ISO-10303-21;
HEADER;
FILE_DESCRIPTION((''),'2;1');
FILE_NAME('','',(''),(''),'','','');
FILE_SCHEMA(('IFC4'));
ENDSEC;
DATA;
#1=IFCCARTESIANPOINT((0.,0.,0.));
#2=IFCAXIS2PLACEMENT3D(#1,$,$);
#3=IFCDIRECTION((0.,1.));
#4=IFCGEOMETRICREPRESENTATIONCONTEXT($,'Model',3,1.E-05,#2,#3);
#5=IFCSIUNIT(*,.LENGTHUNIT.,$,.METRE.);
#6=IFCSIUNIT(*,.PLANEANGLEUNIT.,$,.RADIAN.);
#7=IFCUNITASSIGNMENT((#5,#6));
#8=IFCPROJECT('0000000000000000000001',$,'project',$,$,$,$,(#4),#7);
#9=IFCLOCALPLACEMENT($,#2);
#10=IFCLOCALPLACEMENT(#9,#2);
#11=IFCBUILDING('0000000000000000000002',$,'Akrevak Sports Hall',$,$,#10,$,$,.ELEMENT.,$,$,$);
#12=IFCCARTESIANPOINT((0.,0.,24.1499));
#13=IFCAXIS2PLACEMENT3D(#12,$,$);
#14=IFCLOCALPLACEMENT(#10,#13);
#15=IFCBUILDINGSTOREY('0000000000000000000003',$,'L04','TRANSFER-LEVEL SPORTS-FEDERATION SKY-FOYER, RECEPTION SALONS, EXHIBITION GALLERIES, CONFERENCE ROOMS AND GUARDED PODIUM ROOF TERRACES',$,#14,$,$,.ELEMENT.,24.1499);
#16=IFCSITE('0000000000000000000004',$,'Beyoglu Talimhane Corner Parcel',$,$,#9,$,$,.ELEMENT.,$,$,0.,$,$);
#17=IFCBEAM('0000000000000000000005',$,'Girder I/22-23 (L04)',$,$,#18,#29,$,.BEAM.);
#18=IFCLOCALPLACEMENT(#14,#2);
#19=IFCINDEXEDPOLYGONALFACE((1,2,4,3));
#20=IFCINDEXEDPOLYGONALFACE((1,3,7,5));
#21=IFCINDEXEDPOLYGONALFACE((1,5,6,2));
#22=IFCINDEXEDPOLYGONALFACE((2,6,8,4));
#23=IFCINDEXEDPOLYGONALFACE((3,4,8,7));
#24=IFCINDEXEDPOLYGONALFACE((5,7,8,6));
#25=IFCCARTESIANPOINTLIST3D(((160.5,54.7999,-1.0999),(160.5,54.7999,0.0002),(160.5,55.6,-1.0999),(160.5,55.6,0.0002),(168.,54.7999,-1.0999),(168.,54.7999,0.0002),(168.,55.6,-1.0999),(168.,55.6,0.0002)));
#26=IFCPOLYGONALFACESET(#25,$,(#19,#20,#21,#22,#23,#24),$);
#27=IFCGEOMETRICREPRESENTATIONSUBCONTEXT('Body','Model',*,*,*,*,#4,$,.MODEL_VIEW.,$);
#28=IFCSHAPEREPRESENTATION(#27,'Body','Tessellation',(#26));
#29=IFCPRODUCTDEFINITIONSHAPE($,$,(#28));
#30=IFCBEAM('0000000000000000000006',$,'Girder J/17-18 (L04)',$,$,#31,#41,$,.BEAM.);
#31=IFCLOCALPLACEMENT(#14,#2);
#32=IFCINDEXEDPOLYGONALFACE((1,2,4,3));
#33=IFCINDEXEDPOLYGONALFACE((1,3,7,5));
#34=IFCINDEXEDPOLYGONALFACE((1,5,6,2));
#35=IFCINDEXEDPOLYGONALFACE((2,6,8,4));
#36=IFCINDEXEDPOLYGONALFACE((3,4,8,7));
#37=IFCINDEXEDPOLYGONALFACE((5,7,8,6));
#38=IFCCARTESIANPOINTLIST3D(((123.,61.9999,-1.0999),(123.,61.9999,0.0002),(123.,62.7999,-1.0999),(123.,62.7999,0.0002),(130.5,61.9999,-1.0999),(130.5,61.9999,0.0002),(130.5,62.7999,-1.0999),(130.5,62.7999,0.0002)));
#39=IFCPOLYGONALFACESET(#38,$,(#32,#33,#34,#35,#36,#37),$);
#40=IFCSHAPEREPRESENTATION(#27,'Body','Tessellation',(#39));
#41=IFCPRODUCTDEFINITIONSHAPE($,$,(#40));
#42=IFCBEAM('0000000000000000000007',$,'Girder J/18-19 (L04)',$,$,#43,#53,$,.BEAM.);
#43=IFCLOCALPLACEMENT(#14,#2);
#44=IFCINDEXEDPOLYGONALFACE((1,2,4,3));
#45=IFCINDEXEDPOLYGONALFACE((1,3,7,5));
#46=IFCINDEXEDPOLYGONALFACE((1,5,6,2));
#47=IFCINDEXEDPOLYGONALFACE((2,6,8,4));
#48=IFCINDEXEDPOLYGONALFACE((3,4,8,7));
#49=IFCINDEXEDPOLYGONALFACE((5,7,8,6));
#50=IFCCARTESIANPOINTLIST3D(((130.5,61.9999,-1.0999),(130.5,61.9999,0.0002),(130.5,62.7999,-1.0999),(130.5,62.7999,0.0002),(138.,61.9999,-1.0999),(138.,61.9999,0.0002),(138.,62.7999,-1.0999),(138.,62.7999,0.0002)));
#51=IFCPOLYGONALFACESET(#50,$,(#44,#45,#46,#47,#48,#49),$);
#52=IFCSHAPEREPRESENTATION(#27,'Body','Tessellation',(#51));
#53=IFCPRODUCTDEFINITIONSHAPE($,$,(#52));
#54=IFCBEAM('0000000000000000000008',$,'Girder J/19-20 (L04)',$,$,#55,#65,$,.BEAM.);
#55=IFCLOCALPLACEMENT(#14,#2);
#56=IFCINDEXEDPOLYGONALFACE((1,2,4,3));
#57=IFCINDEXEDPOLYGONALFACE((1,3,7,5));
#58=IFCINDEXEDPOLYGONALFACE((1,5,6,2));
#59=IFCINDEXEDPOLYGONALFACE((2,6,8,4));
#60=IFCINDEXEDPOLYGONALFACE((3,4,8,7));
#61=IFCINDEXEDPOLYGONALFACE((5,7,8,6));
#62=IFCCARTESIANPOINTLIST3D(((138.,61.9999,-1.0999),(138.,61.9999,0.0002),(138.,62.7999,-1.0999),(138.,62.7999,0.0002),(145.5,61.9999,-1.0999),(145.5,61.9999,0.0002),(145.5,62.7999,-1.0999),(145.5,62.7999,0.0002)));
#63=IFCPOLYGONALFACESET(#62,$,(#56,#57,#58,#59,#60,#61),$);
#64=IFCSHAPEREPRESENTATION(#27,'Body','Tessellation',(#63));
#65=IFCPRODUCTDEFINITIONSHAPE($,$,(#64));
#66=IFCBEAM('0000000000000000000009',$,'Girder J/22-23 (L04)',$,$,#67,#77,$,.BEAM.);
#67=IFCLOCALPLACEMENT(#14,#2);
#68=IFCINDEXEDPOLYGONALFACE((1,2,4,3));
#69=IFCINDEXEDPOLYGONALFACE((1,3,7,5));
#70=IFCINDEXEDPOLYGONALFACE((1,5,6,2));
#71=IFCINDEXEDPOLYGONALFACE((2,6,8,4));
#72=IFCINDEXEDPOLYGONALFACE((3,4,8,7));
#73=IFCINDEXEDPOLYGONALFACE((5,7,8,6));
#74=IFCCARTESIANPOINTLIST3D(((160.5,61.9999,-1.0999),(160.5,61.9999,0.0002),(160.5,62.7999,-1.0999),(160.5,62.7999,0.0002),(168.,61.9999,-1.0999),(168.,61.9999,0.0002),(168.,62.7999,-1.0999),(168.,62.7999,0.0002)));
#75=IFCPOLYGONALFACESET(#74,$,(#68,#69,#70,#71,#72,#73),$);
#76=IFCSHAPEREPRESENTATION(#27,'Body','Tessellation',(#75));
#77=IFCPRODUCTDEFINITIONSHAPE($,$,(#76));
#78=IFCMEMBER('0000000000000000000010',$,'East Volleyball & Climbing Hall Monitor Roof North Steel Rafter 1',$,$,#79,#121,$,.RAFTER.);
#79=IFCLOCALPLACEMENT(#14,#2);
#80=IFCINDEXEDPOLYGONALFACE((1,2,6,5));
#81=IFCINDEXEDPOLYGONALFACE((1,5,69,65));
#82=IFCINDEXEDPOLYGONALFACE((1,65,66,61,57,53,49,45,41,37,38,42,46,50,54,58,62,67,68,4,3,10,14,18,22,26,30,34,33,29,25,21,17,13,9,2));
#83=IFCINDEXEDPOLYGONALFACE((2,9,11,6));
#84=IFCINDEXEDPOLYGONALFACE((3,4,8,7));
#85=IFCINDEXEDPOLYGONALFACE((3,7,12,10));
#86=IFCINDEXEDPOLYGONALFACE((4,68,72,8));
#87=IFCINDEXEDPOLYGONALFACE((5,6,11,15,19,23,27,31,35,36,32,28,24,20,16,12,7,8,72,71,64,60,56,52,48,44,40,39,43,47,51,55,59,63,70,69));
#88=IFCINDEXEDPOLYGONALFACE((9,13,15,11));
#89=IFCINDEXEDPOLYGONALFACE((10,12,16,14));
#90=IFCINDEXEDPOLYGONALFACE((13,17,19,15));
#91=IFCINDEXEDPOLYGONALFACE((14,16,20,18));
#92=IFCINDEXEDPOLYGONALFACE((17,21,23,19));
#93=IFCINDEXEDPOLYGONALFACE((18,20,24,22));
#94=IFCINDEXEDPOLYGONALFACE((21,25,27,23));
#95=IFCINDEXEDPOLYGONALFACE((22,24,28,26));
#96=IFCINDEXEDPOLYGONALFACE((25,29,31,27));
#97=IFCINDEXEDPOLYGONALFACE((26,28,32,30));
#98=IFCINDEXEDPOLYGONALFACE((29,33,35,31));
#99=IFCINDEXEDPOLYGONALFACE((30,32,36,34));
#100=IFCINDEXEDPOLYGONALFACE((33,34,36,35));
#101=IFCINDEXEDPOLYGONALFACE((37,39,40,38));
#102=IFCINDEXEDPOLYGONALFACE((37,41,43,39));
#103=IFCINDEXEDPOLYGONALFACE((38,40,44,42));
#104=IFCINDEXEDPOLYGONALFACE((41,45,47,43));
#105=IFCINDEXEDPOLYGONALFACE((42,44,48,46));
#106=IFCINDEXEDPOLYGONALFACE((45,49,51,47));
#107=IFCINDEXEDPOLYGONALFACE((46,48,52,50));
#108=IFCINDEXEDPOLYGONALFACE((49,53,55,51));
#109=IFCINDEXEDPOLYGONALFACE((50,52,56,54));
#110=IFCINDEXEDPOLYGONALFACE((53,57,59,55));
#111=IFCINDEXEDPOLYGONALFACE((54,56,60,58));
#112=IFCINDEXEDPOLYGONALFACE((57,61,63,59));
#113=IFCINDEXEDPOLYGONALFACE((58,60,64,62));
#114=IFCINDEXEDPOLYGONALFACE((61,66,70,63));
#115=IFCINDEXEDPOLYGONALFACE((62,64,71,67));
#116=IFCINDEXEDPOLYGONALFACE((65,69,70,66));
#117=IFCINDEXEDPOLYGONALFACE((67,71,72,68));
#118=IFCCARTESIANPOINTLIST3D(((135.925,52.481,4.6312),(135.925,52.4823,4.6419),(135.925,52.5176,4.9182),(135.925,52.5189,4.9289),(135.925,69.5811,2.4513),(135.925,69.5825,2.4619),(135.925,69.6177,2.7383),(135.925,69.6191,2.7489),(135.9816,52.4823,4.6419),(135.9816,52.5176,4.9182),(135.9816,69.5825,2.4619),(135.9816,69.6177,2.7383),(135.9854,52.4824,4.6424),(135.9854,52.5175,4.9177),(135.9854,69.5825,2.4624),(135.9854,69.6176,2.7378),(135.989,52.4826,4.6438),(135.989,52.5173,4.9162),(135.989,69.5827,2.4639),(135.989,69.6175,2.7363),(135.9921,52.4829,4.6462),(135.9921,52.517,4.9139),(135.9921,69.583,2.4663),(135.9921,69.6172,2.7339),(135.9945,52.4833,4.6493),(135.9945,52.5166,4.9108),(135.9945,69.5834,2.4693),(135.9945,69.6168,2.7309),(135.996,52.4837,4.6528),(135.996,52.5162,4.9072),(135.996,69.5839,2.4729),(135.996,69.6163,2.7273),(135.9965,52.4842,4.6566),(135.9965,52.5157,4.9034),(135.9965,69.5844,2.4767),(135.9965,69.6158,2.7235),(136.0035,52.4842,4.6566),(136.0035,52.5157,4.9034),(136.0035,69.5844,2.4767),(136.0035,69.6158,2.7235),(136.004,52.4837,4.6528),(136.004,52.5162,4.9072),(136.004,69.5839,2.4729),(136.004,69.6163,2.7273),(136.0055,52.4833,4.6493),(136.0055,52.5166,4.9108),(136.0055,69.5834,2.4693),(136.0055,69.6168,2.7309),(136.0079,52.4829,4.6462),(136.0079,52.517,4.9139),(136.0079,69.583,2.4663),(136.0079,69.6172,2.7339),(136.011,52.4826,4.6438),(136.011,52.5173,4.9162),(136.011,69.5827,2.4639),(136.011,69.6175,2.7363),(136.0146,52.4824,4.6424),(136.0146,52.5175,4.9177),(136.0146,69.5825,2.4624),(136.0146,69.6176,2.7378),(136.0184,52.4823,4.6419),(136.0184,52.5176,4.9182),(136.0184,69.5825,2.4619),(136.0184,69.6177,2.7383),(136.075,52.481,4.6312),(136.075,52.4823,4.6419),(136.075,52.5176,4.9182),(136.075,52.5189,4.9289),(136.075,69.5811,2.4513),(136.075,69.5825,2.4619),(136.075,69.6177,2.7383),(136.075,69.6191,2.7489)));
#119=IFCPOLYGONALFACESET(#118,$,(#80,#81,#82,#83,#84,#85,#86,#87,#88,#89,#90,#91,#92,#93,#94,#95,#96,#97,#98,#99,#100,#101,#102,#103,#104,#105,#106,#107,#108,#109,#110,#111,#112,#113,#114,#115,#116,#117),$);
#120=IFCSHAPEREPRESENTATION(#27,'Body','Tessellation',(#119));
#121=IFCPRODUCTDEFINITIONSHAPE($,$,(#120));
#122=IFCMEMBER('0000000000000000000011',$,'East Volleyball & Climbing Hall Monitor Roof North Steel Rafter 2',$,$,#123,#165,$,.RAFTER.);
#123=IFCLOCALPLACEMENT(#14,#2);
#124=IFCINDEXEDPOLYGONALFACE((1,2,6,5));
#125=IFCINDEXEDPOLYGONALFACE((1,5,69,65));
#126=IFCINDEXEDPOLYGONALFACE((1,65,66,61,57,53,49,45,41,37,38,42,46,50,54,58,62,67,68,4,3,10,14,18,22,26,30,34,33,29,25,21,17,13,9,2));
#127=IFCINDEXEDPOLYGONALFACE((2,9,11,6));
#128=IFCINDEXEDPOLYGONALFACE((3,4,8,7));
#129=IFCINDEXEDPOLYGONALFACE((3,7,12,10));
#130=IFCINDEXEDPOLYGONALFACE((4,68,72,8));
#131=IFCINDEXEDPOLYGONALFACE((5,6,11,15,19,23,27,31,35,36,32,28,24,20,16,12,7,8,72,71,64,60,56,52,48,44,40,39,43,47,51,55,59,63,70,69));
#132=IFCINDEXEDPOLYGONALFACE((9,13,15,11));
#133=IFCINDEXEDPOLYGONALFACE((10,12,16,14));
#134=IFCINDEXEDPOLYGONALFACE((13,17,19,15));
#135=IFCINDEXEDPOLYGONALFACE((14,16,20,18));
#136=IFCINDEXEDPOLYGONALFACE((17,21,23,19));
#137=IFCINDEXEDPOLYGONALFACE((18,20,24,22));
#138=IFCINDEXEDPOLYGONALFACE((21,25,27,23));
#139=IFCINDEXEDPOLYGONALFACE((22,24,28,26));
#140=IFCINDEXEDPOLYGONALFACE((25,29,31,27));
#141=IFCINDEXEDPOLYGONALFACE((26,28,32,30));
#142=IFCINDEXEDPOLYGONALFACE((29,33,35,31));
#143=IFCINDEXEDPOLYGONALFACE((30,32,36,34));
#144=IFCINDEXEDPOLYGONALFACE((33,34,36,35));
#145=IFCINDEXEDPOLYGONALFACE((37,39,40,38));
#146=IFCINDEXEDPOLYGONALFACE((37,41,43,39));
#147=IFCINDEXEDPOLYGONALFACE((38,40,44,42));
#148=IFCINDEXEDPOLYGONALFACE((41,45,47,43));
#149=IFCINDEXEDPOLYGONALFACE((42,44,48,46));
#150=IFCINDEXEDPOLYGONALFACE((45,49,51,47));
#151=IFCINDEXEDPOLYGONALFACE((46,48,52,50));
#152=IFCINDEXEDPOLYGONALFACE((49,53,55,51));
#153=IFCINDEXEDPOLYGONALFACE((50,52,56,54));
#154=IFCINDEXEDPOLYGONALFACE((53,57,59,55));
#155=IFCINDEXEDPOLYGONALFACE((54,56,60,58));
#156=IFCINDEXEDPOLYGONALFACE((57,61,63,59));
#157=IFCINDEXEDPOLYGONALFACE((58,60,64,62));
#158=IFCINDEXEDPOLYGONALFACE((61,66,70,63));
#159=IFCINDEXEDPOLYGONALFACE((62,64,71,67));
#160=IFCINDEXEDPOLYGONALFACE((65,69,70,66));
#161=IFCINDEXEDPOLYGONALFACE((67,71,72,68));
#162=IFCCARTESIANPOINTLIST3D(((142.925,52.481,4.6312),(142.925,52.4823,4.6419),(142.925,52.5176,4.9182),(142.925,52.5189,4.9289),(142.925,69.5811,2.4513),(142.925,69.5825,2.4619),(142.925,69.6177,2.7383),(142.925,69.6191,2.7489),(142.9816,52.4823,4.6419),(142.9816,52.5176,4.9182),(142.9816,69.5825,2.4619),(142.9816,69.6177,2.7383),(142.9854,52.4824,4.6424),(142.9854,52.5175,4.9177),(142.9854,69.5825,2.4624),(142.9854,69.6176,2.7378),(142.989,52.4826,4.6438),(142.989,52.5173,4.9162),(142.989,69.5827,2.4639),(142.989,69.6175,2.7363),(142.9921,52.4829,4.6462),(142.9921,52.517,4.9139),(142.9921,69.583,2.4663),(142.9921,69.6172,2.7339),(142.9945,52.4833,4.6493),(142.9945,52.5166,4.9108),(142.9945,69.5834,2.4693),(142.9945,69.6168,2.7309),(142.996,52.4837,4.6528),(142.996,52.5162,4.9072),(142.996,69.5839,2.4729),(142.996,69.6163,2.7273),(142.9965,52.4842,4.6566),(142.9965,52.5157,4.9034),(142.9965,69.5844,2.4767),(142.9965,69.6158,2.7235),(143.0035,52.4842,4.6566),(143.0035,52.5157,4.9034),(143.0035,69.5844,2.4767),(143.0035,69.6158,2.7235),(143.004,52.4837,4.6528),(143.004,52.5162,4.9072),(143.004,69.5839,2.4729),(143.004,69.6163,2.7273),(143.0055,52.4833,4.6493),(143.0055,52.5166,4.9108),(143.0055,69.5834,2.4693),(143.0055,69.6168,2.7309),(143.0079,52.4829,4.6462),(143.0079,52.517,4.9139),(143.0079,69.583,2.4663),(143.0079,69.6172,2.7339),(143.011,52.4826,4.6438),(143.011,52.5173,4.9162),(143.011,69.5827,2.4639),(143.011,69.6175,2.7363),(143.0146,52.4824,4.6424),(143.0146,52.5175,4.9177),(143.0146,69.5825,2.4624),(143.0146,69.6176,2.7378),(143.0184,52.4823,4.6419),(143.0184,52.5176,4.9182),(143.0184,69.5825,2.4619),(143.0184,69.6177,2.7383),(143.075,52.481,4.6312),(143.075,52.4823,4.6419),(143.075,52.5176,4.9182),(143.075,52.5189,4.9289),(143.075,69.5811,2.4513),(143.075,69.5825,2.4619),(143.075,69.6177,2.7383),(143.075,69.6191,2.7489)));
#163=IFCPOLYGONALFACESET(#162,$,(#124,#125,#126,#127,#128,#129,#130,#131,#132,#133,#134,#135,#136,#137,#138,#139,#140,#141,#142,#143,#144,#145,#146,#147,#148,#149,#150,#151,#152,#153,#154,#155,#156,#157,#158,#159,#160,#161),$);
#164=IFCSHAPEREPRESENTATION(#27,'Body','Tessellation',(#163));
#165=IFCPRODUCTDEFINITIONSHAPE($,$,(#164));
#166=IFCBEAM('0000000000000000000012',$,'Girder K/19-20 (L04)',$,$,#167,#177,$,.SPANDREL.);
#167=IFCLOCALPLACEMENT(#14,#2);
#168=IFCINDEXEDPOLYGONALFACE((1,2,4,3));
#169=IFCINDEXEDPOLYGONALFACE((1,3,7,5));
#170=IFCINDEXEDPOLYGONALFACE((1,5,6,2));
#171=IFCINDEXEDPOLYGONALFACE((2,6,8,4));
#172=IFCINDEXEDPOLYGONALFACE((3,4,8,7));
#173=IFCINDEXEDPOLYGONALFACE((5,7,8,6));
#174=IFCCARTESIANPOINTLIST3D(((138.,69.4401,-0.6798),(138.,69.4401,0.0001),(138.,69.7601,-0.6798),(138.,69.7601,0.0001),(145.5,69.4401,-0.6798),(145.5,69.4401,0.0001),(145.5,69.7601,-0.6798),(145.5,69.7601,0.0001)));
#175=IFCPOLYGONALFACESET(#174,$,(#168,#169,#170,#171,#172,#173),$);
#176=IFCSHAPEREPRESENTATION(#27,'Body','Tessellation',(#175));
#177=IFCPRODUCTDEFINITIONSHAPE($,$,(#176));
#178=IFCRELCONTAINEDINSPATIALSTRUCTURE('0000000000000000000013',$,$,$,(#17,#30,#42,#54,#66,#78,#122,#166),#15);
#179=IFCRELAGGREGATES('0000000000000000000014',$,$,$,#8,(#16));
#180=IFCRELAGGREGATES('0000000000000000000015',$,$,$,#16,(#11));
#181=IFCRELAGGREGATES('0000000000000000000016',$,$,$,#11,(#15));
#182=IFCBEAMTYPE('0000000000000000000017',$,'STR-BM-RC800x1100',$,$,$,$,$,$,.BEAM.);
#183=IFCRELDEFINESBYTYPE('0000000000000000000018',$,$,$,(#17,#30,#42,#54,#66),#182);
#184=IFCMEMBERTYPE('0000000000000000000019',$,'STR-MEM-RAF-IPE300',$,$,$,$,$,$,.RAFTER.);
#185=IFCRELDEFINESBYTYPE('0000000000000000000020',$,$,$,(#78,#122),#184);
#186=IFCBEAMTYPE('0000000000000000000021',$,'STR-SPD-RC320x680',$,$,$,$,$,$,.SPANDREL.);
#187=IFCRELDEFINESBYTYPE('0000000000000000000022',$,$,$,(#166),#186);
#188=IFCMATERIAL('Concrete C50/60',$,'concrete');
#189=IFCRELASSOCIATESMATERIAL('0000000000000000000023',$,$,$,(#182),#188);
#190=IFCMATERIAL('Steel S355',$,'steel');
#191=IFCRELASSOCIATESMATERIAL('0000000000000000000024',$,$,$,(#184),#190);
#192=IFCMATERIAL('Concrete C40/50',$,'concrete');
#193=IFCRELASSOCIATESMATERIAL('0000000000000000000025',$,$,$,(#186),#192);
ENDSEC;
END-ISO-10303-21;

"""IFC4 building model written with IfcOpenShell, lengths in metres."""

from ifc_helpers import new_model, si_unit, direction, frame, origin, origin_2d, place, context, subcontext, project, spatial, rectangle, i_section, extrude, material, material_profile, profile_set, type_object, element, save


model = new_model("IFC4")

# Units and contexts
model_context = context("Model", 3, precision=1e-05, world=origin(), true_north=direction((0.0, 1.0)))
body_context = subcontext(model_context, "Body", "Model", "MODEL_VIEW")
ifc_project = project(units=[si_unit("LENGTHUNIT", "METRE"), si_unit("PLANEANGLEUNIT", "RADIAN")], contexts=[model_context])

# Site, building, storey
site_placement = place(None, origin())
site = spatial("IfcSite", under=ifc_project, at=site_placement, Name="Beyoglu Talimhane Corner Parcel", CompositionType="ELEMENT", RefElevation=0.0)
building_placement = place(site_placement, origin())
building = spatial("IfcBuilding", under=site, at=building_placement, Name="Akrevak Sports Hall", CompositionType="ELEMENT")
storey_placement = place(building_placement, frame((0.0, 0.0, 24.1499)))
storey = spatial("IfcBuildingStorey", under=building, at=storey_placement, Name="L04", Description="TRANSFER-LEVEL SPORTS-FEDERATION SKY-FOYER, RECEPTION SALONS, EXHIBITION GALLERIES, CONFERENCE ROOMS AND GUARDED PODIUM ROOF TERRACES", CompositionType="ELEMENT", Elevation=24.1499)

# Beams
ifc_material_1 = material(Name="Concrete C50/60", Category="concrete")
ifc_material_profile_1 = material_profile(ifc_material_1, rectangle(XDim=0.8, YDim=1.1001, at=origin_2d()), Name="BM 800x1100", Category="concrete")
ifc_profile_set_1 = profile_set([ifc_material_profile_1], Name="Concrete C50/60")
beam_type_1 = type_object("IfcBeamType", Name="STR-BM-RC800x1100", PredefinedType="BEAM", material=ifc_profile_set_1)
for number, where, z_axis, x_axis, name in (
    (1, (160.5, 55.2, -0.5498), (1.0, 0.0, 0.0), (0.0, 1.0, 0.0), "Girder I/22-23 (L04)"),
    (2, (123.0, 62.3999, -0.5498), (1.0, 0.0, 0.0), (0.0, 1.0, 0.0), "Girder J/17-18 (L04)"),
    (3, (130.5, 62.3999, -0.5498), (1.0, 0.0, 0.0), (0.0, 1.0, 0.0), "Girder J/18-19 (L04)"),
    (4, (138.0, 62.3999, -0.5498), (1.0, 0.0, 0.0), (0.0, 1.0, 0.0), "Girder J/19-20 (L04)"),
    (5, (160.5, 62.3999, -0.5498), (1.0, 0.0, 0.0), (0.0, 1.0, 0.0), "Girder J/22-23 (L04)"),
):
    element("IfcBeam", number, at=place(storey_placement, frame(where, z_axis=z_axis, x_axis=x_axis)), inside=storey, type_object=beam_type_1, Name=name, PredefinedType="BEAM", context=body_context, shape_type="SweptSolid", body=[
        extrude(rectangle(XDim=0.8, YDim=1.1001, at=origin_2d()), origin(), (0.0, 0.0, 1.0), 7.5),
    ])

# Members
ifc_material_2 = material(Name="Steel S355", Category="steel")
ifc_material_profile_2 = material_profile(ifc_material_2, i_section(OverallWidth=0.1499, OverallDepth=0.3, WebThickness=0.0071, FlangeThickness=0.0107, FilletRadius=0.0149, at=origin_2d()), Name="IPE 300", Category="steel")
ifc_profile_set_2 = profile_set([ifc_material_profile_2], Name="Steel S355")
member_type = type_object("IfcMemberType", Name="STR-MEM-RAF-IPE300", PredefinedType="RAFTER", material=ifc_profile_set_2)
for number, where, z_axis, x_axis, name in (
    (6, (136.0, 69.6001, 2.6001), (0.0, -0.991972, 0.126457), (1.0, 0.0, 0.0), "East Volleyball & Climbing Hall Monitor Roof North Steel Rafter 1"),
    (7, (143.0, 69.6001, 2.6001), (0.0, -0.991972, 0.126457), (1.0, 0.0, 0.0), "East Volleyball & Climbing Hall Monitor Roof North Steel Rafter 2"),
):
    element("IfcMember", number, at=place(storey_placement, frame(where, z_axis=z_axis, x_axis=x_axis)), inside=storey, type_object=member_type, Name=name, PredefinedType="RAFTER", context=body_context, shape_type="SweptSolid", body=[
        extrude(i_section(OverallWidth=0.1499, OverallDepth=0.3, WebThickness=0.0071, FlangeThickness=0.0107, FilletRadius=0.0149, at=origin_2d()), origin(), (0.0, 0.0, 1.0), 17.2385),
    ])

# Beam
ifc_material_3 = material(Name="Concrete C40/50", Category="concrete")
ifc_material_profile_3 = material_profile(ifc_material_3, rectangle(XDim=0.3201, YDim=0.6799, at=origin_2d()), Name="SPD 320x680", Category="concrete")
ifc_profile_set_3 = profile_set([ifc_material_profile_3], Name="Concrete C40/50")
beam_type_2 = type_object("IfcBeamType", Name="STR-SPD-RC320x680", PredefinedType="SPANDREL", material=ifc_profile_set_3)
beam_1_placement = place(storey_placement, frame((138.0, 69.6001, -0.3398), z_axis=(1.0, 0.0, 0.0), x_axis=(0.0, 1.0, 0.0)))
element("IfcBeam", 8, at=beam_1_placement, inside=storey, type_object=beam_type_2, Name="Girder K/19-20 (L04)", PredefinedType="SPANDREL", context=body_context, shape_type="SweptSolid", body=[
    extrude(rectangle(XDim=0.3201, YDim=0.6799, at=origin_2d()), origin(), (0.0, 0.0, 1.0), 7.5),
])

save(model, "model.ifc")
